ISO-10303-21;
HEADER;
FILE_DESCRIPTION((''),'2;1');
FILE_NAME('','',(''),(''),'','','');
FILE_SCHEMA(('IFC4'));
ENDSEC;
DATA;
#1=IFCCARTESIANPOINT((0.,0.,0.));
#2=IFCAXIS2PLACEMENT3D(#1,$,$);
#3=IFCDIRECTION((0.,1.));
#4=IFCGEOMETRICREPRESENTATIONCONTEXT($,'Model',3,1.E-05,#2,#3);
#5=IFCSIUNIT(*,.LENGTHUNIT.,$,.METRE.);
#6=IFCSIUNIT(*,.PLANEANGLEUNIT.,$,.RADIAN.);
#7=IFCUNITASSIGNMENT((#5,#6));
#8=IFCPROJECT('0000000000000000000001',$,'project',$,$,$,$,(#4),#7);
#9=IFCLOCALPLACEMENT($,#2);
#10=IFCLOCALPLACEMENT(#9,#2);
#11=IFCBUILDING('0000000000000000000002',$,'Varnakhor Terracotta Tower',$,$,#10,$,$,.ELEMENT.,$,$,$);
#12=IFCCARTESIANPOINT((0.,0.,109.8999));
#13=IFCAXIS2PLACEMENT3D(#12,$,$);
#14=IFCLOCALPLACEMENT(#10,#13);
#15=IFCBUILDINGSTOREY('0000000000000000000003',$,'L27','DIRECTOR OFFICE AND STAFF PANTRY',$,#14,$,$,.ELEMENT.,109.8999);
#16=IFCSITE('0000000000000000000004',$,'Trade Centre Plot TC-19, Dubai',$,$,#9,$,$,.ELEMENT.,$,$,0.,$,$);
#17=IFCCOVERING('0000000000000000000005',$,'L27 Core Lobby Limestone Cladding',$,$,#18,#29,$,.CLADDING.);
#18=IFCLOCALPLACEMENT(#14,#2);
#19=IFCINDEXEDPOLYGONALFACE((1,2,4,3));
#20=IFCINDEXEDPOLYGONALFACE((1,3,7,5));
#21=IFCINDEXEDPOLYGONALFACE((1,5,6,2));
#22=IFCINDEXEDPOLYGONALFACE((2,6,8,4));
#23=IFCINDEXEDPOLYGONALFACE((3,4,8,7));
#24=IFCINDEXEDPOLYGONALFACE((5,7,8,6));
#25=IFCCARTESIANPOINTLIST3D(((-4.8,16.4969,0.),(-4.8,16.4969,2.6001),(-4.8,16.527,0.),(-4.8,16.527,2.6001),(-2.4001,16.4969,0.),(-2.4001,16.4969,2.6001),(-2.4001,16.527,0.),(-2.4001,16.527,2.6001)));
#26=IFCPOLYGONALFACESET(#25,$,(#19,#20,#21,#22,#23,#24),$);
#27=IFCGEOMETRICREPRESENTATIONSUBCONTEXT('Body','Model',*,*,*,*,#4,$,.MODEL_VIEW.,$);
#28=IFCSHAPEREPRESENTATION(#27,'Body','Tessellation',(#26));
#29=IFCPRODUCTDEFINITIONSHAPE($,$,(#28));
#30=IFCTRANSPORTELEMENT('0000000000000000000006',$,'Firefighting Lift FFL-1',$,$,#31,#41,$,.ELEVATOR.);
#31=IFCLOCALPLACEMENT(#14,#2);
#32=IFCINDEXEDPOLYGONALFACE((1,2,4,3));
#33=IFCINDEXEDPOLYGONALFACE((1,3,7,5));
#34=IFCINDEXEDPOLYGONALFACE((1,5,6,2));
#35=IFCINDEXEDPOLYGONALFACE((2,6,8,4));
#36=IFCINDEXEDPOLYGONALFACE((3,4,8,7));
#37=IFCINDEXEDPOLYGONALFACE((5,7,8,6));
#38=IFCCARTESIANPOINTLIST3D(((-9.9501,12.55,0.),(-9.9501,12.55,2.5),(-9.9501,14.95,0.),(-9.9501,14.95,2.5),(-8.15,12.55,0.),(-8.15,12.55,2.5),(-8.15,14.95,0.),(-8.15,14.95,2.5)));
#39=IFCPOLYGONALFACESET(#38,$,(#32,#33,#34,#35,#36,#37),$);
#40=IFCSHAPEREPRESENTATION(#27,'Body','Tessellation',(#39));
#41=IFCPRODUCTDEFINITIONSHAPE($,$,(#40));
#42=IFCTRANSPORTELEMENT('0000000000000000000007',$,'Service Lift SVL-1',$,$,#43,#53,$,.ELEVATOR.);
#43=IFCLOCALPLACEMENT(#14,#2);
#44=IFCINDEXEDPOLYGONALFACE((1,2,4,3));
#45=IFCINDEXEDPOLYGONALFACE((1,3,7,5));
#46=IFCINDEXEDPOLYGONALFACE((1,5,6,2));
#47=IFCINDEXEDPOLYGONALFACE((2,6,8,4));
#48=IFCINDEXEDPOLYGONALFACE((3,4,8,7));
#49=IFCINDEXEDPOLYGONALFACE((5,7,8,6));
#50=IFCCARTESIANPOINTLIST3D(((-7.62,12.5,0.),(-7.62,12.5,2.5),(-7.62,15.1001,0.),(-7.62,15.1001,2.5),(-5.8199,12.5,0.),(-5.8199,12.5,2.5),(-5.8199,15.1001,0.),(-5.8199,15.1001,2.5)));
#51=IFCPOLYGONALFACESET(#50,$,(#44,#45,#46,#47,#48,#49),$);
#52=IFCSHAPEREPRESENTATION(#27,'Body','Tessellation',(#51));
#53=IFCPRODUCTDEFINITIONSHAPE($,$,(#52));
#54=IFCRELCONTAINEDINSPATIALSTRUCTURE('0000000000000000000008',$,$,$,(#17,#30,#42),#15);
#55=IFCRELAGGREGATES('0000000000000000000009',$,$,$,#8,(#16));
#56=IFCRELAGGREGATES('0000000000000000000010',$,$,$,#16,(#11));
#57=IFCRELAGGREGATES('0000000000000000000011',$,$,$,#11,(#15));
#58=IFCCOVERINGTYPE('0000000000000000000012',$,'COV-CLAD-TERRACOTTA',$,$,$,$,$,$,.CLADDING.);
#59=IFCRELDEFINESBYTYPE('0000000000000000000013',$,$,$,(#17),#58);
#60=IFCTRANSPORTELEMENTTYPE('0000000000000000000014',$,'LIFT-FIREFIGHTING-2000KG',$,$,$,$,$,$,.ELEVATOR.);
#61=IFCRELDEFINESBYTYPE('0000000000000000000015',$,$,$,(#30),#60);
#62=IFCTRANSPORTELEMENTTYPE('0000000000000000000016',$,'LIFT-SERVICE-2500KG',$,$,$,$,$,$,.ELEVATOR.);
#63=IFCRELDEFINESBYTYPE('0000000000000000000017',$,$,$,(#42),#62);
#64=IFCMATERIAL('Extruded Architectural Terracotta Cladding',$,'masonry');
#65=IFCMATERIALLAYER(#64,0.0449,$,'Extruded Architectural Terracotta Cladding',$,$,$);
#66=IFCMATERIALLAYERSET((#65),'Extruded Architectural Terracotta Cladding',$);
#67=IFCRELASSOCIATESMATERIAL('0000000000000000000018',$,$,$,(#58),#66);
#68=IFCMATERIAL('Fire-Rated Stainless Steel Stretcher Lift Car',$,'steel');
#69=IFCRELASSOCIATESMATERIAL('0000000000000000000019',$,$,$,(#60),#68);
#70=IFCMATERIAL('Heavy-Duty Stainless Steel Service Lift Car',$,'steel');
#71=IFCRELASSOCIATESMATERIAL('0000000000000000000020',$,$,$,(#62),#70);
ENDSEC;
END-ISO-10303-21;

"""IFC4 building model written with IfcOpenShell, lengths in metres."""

from ifc_helpers import new_model, si_unit, direction, frame, origin, origin_2d, place, context, subcontext, project, spatial, rectangle, extrude, source, transform, mapped, material, layer, layer_set, type_object, type_shapes, element, save


model = new_model("IFC4")

# Units and contexts
model_context = context("Model", 3, precision=1e-05, world=origin(), true_north=direction((0.0, 1.0)))
body_context = subcontext(model_context, "Body", "Model", "MODEL_VIEW")
ifc_project = project(units=[si_unit("LENGTHUNIT", "METRE"), si_unit("PLANEANGLEUNIT", "RADIAN")], contexts=[model_context])

# Site, building, storey
site_placement = place(None, origin())
site = spatial("IfcSite", under=ifc_project, at=site_placement, Name="Trade Centre Plot TC-19, Dubai", CompositionType="ELEMENT", RefElevation=0.0)
building_placement = place(site_placement, origin())
building = spatial("IfcBuilding", under=site, at=building_placement, Name="Varnakhor Terracotta Tower", CompositionType="ELEMENT")
storey_placement = place(building_placement, frame((0.0, 0.0, 109.8999)))
storey = spatial("IfcBuildingStorey", under=building, at=storey_placement, Name="L27", Description="DIRECTOR OFFICE AND STAFF PANTRY", CompositionType="ELEMENT", Elevation=109.8999)

# Covering
ifc_material_1 = material(Name="Extruded Architectural Terracotta Cladding", Category="masonry")
ifc_layer_1 = layer(ifc_material_1, 0.0449, Name="Extruded Architectural Terracotta Cladding")
ifc_layer_set_1 = layer_set([ifc_layer_1], Name="Extruded Architectural Terracotta Cladding")
covering_type = type_object("IfcCoveringType", Name="COV-CLAD-TERRACOTTA", PredefinedType="CLADDING", material=ifc_layer_set_1)
shared_shape_1 = source(origin(), body_context, "Body", "SweptSolid", [
    extrude(rectangle(XDim=2.3999, YDim=0.03, at=origin_2d()), origin(), (0.0, 0.0, 1.0), 2.6001),
])
type_shapes(covering_type, [shared_shape_1])
covering_placement = place(storey_placement, frame((-3.6001, 16.512, 0.0), z_axis=(0.0, 0.0, 1.0), x_axis=(1.0, 0.0, 0.0)))
element("IfcCovering", 1, at=covering_placement, inside=storey, type_object=covering_type, Name="L27 Core Lobby Limestone Cladding", PredefinedType="CLADDING", context=body_context, shape_type="MappedRepresentation", body=[
    mapped(shared_shape_1, transform((0.0, 0.0, 0.0), scale=1.0)),
])

# Transport elements
ifc_material_2 = material(Name="Fire-Rated Stainless Steel Stretcher Lift Car", Category="steel")
transport_element_type_1 = type_object("IfcTransportElementType", Name="LIFT-FIREFIGHTING-2000KG", PredefinedType="ELEVATOR", material=ifc_material_2)
shared_shape_2 = source(origin(), body_context, "Body", "SweptSolid", [
    extrude(rectangle(XDim=1.8, YDim=2.3999, at=origin_2d()), origin(), (0.0, 0.0, 1.0), 2.5),
])
type_shapes(transport_element_type_1, [shared_shape_2])
transport_element_1_placement = place(storey_placement, frame((-9.05, 13.75, 0.0), z_axis=(0.0, 0.0, 1.0), x_axis=(1.0, 0.0, 0.0)))
element("IfcTransportElement", 2, at=transport_element_1_placement, inside=storey, type_object=transport_element_type_1, Name="Firefighting Lift FFL-1", PredefinedType="ELEVATOR", context=body_context, shape_type="MappedRepresentation", body=[
    mapped(shared_shape_2, transform((0.0, 0.0, 0.0), scale=1.0)),
])
ifc_material_3 = material(Name="Heavy-Duty Stainless Steel Service Lift Car", Category="steel")
transport_element_type_2 = type_object("IfcTransportElementType", Name="LIFT-SERVICE-2500KG", PredefinedType="ELEVATOR", material=ifc_material_3)
shared_shape_3 = source(origin(), body_context, "Body", "SweptSolid", [
    extrude(rectangle(XDim=1.8, YDim=2.6001, at=origin_2d()), origin(), (0.0, 0.0, 1.0), 2.5),
])
type_shapes(transport_element_type_2, [shared_shape_3])
transport_element_2_placement = place(storey_placement, frame((-6.72, 13.8, 0.0), z_axis=(0.0, 0.0, 1.0), x_axis=(1.0, 0.0, 0.0)))
element("IfcTransportElement", 3, at=transport_element_2_placement, inside=storey, type_object=transport_element_type_2, Name="Service Lift SVL-1", PredefinedType="ELEVATOR", context=body_context, shape_type="MappedRepresentation", body=[
    mapped(shared_shape_3, transform((0.0, 0.0, 0.0), scale=1.0)),
])

save(model, "model.ifc")
